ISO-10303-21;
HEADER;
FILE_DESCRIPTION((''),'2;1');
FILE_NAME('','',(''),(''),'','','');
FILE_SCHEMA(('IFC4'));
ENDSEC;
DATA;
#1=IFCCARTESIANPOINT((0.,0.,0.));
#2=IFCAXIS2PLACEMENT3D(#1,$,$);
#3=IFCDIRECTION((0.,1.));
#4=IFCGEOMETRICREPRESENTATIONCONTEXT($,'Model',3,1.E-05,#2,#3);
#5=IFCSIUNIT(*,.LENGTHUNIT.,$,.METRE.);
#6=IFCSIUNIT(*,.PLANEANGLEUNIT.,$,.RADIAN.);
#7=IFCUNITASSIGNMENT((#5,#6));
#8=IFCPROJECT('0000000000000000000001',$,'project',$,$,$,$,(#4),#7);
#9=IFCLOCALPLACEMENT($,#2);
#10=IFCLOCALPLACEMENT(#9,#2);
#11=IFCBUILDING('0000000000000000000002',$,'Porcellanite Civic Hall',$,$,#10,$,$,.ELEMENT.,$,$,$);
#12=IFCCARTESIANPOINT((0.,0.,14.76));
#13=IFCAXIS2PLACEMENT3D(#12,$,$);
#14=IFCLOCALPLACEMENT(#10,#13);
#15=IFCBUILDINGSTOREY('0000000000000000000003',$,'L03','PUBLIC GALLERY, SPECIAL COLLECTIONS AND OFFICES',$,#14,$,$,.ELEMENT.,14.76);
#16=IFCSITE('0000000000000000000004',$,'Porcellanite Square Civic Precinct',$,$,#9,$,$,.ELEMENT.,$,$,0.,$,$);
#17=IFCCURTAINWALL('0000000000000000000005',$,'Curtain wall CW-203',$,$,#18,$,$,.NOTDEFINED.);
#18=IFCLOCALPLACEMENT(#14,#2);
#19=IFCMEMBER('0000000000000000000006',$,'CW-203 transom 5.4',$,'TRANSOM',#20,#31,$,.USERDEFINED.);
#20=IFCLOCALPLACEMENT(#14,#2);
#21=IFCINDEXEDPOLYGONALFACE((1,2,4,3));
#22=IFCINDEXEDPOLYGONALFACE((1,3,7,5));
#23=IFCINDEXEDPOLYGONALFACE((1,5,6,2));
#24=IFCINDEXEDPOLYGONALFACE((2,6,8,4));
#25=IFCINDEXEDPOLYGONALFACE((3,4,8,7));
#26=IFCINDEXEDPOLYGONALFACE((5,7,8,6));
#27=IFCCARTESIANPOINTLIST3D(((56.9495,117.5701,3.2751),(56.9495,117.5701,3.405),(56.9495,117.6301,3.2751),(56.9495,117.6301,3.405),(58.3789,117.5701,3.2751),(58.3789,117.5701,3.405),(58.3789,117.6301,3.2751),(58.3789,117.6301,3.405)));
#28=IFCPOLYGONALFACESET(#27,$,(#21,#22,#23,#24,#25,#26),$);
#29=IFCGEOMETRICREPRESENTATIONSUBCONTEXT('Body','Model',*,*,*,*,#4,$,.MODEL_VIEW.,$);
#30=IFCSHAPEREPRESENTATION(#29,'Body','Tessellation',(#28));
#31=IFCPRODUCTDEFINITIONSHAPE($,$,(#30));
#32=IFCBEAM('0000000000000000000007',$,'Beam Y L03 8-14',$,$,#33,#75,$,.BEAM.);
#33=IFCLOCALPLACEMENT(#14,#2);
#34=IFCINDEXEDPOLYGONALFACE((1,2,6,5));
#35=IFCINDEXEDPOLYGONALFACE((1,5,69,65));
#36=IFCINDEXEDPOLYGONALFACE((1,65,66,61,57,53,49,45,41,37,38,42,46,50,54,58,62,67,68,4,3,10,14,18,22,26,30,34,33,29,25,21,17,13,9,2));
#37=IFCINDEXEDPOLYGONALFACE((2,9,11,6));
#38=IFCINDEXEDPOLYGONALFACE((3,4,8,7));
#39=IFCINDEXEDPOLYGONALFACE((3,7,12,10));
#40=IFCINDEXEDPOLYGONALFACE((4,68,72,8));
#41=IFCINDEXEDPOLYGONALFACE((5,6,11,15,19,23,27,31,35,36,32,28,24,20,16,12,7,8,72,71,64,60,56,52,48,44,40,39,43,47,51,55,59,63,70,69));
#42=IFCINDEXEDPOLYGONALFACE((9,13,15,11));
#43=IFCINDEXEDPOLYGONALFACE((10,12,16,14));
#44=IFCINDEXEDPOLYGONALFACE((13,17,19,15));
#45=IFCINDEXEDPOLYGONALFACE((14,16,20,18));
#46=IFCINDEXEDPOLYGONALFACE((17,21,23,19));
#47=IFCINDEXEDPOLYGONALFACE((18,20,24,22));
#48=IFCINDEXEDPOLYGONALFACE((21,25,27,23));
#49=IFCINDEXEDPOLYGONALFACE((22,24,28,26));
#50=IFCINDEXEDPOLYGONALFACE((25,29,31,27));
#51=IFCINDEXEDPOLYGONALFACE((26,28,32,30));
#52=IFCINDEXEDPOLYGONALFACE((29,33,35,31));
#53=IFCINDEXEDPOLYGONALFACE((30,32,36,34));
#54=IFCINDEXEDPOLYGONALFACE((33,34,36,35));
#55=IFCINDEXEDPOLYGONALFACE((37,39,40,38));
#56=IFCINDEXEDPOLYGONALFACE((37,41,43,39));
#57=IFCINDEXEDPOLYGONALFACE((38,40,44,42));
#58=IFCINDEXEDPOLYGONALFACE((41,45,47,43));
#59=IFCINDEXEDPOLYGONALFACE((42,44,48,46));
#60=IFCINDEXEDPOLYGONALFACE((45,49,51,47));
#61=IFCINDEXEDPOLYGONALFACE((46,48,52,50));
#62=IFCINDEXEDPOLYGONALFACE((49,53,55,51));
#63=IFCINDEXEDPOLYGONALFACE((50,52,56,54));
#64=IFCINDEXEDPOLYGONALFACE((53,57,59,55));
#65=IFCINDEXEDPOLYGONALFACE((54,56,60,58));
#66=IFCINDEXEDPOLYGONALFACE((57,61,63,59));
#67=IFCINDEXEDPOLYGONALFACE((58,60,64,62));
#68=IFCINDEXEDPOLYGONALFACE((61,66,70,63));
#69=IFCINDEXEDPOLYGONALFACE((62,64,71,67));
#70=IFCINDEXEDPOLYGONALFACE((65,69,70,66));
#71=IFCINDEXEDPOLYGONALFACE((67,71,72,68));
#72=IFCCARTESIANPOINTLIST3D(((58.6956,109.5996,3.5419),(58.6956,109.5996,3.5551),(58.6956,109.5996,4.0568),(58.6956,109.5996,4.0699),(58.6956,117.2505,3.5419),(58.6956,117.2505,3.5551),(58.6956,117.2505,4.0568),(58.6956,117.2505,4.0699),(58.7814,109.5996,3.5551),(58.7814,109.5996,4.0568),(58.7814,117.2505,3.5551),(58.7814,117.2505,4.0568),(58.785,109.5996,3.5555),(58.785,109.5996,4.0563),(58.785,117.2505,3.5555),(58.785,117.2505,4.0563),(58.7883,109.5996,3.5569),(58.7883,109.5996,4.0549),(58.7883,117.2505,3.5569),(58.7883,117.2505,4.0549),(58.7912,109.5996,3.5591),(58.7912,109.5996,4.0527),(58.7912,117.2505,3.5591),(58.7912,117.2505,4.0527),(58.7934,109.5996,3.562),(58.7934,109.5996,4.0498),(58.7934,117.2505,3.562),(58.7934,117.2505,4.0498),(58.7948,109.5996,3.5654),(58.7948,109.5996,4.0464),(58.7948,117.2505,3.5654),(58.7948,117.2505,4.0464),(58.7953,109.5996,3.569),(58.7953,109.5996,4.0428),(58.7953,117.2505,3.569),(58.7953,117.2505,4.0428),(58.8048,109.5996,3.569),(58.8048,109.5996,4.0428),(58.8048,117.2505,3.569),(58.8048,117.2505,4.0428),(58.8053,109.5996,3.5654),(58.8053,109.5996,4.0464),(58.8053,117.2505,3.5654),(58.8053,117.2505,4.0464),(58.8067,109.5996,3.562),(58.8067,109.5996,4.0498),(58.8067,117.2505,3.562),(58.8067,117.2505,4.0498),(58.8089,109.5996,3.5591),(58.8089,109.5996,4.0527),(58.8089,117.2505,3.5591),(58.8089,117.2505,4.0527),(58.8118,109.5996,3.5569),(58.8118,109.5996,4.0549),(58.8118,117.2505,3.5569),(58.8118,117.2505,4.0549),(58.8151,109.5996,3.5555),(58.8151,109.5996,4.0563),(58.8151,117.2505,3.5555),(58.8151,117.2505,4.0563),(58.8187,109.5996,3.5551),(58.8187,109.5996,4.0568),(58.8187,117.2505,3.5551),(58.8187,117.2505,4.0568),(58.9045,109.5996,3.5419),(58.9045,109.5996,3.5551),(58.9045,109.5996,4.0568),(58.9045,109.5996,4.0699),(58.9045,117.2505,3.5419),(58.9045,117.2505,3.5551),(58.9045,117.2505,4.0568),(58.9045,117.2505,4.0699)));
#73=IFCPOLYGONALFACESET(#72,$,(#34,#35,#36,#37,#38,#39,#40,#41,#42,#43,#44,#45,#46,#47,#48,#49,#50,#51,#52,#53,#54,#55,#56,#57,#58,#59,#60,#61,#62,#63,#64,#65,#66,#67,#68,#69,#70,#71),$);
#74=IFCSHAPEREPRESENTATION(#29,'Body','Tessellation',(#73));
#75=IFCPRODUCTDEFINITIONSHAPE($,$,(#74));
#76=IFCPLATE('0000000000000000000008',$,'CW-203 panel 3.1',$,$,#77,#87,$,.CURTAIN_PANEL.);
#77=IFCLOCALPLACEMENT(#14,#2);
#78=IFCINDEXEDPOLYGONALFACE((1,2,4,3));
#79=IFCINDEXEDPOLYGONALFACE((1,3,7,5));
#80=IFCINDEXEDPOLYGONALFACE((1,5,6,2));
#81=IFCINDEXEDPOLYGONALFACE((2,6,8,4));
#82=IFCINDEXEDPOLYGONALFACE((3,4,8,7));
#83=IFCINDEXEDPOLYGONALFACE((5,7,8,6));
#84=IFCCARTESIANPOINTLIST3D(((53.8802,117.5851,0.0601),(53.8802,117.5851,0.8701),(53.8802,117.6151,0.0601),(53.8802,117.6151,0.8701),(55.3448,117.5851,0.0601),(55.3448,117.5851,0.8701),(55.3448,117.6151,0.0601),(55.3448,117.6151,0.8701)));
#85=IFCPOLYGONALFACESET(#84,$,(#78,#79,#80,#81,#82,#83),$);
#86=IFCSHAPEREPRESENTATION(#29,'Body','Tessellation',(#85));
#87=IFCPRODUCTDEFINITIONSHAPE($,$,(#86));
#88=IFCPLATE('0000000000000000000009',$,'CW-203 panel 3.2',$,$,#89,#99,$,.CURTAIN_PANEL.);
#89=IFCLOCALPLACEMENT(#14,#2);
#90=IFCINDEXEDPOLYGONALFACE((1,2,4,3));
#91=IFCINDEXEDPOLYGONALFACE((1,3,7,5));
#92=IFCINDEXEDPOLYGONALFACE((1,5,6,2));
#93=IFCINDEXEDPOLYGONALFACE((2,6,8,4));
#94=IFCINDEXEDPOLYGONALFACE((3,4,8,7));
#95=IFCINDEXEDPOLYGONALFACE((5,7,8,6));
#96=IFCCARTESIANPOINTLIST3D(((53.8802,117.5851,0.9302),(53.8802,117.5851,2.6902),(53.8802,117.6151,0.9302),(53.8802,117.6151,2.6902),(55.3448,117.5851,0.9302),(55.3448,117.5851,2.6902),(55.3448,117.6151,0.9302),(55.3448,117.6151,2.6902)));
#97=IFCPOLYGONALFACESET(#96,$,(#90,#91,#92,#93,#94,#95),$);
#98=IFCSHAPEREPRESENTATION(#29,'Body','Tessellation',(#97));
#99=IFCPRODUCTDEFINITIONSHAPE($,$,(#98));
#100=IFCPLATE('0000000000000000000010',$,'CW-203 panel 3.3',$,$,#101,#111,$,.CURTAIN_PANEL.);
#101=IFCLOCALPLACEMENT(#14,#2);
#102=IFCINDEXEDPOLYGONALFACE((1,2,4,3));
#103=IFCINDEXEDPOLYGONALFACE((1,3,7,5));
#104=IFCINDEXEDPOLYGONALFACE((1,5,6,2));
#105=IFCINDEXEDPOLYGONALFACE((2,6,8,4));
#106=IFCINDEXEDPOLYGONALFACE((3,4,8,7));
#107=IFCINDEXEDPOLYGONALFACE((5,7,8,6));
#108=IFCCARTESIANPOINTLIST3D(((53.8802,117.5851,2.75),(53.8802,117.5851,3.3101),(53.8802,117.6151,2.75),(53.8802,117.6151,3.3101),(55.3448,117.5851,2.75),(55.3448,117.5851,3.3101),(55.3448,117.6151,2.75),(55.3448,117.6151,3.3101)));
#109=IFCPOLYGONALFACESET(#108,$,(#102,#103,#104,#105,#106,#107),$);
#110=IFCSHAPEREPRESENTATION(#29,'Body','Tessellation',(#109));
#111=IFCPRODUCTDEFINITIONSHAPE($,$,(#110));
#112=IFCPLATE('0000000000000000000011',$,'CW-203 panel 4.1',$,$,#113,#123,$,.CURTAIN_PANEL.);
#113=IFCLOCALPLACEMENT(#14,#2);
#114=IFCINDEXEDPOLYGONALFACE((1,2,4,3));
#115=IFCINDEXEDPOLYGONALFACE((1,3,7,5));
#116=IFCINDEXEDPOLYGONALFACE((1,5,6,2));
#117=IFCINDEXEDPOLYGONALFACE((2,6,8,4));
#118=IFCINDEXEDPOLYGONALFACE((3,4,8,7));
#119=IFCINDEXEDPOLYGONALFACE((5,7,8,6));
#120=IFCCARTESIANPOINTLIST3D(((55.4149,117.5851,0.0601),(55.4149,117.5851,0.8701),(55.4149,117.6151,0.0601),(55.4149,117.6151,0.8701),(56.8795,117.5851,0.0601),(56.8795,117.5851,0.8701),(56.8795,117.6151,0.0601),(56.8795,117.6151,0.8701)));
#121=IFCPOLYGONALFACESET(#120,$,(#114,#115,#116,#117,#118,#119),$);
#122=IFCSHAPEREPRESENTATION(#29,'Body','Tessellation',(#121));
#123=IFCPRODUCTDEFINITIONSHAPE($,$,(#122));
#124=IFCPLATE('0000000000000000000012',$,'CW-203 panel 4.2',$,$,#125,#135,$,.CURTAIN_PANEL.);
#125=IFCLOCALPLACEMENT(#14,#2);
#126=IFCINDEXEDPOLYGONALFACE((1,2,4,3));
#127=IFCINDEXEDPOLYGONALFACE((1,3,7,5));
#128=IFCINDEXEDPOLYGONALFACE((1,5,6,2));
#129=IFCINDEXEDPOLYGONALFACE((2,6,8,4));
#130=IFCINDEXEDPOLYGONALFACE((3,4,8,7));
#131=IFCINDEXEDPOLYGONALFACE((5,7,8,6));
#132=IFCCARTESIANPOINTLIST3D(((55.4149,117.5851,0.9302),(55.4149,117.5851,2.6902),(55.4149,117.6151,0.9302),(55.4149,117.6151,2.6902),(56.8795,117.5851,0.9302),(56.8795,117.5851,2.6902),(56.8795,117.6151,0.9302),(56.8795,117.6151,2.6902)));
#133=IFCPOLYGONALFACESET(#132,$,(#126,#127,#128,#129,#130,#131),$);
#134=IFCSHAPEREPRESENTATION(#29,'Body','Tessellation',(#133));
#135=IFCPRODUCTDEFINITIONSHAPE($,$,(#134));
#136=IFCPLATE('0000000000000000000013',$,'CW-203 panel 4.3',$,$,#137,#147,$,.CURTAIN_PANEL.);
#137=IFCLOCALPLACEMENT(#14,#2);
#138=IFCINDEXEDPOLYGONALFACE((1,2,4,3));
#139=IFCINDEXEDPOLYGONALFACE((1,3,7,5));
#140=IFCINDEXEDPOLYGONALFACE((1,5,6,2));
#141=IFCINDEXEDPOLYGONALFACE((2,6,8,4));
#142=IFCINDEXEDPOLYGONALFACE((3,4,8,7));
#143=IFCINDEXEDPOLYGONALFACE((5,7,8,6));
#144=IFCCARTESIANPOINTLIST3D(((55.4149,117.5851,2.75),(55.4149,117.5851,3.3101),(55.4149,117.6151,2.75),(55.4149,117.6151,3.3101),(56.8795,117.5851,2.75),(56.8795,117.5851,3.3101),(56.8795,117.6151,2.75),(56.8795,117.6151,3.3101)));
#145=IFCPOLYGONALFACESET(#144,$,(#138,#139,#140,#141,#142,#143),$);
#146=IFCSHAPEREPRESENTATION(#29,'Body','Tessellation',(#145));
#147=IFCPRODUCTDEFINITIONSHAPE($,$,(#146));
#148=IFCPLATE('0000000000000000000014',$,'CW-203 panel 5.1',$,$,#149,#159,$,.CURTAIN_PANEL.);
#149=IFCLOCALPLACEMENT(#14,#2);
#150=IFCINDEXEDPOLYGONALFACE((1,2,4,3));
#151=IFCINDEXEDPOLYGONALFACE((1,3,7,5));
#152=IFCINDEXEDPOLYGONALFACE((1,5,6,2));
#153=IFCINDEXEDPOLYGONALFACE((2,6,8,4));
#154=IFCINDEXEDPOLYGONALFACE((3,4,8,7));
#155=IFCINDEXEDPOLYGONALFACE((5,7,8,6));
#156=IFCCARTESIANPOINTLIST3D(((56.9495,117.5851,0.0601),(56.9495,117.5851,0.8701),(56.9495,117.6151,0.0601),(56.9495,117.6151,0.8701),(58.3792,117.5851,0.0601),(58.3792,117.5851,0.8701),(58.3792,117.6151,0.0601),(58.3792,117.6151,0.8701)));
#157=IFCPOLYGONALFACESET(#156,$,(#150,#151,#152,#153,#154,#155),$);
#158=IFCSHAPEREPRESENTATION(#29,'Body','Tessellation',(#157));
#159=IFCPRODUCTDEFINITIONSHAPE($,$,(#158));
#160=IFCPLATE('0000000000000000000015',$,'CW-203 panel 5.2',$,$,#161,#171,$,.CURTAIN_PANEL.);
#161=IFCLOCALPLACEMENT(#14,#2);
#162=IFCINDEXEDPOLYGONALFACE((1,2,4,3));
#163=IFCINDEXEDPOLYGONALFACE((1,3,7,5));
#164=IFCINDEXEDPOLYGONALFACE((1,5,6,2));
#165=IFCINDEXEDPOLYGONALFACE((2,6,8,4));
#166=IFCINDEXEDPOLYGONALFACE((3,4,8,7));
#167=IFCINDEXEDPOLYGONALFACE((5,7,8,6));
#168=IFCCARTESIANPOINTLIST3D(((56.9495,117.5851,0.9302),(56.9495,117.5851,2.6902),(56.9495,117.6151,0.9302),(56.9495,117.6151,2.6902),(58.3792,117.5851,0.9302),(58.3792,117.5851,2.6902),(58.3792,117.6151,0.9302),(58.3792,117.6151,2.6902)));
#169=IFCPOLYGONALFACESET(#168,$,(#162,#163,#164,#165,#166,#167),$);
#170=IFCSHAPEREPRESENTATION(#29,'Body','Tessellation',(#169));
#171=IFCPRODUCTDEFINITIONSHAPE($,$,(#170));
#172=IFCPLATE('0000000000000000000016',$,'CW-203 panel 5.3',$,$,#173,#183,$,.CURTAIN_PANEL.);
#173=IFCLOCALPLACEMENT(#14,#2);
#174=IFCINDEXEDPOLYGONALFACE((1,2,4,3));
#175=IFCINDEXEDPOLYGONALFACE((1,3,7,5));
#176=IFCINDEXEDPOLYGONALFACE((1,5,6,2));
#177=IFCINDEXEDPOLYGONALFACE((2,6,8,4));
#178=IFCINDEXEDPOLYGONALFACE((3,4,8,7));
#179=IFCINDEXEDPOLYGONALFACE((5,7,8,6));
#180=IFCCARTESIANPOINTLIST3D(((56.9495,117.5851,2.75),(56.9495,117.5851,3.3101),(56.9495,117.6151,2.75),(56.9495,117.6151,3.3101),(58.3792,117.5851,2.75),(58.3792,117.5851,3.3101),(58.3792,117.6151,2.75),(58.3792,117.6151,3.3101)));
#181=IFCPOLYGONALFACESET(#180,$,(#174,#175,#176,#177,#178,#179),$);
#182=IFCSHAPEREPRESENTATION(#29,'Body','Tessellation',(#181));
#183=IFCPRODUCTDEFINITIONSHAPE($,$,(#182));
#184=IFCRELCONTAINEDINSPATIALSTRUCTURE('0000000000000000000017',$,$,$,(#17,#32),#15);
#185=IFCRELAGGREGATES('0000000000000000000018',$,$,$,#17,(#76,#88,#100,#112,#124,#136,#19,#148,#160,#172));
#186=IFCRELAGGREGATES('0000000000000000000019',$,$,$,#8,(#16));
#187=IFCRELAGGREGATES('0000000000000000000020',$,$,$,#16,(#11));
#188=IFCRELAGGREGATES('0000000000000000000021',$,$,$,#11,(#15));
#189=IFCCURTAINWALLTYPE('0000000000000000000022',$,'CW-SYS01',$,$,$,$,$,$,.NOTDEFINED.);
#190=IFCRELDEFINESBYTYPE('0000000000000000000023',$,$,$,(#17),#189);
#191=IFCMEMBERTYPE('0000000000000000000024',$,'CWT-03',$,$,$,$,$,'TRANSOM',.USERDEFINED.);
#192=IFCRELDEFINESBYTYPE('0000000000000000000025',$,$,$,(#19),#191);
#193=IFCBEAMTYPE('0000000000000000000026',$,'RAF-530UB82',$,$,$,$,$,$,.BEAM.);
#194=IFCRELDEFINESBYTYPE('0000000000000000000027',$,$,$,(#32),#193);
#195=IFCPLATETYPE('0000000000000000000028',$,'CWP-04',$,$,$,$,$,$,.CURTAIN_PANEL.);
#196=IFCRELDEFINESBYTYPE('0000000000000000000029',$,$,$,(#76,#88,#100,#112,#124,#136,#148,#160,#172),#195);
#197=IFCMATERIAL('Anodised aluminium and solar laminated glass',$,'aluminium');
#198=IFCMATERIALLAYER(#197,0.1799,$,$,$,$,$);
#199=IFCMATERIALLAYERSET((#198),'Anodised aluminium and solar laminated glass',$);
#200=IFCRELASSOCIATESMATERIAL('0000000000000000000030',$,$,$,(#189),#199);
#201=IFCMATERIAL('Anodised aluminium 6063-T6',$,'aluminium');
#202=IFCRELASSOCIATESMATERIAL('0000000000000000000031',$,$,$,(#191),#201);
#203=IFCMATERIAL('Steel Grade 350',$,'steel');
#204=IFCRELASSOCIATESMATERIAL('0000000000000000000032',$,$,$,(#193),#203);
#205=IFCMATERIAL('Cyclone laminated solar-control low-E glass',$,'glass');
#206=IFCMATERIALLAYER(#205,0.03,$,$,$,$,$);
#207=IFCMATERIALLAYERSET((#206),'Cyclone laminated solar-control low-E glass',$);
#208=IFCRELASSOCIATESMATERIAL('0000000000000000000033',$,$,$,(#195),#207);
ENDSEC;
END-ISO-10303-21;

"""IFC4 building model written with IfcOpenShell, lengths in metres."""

from ifc_helpers import new_model, si_unit, direction, frame, origin, origin_2d, place, context, subcontext, project, spatial, rectangle, i_section, extrude, material, layer, layer_set, material_profile, profile_set, type_object, element, aggregate, save


model = new_model("IFC4")

# Units and contexts
model_context = context("Model", 3, precision=1e-05, world=origin(), true_north=direction((0.0, 1.0)))
body_context = subcontext(model_context, "Body", "Model", "MODEL_VIEW")
ifc_project = project(units=[si_unit("LENGTHUNIT", "METRE"), si_unit("PLANEANGLEUNIT", "RADIAN")], contexts=[model_context])

# Site, building, storey
site_placement = place(None, origin())
site = spatial("IfcSite", under=ifc_project, at=site_placement, Name="Porcellanite Square Civic Precinct", CompositionType="ELEMENT", RefElevation=0.0)
building_placement = place(site_placement, origin())
building = spatial("IfcBuilding", under=site, at=building_placement, Name="Porcellanite Civic Hall", CompositionType="ELEMENT")
storey_placement = place(building_placement, frame((0.0, 0.0, 14.76)))
storey = spatial("IfcBuildingStorey", under=building, at=storey_placement, Name="L03", Description="PUBLIC GALLERY, SPECIAL COLLECTIONS AND OFFICES", CompositionType="ELEMENT", Elevation=14.76)

# Curtain wall, member
ifc_material_1 = material(Name="Anodised aluminium and solar laminated glass", Category="aluminium")
ifc_layer_1 = layer(ifc_material_1, 0.1799)
ifc_layer_set_1 = layer_set([ifc_layer_1], Name="Anodised aluminium and solar laminated glass")
curtain_wall_type = type_object("IfcCurtainWallType", Name="CW-SYS01", PredefinedType="NOTDEFINED", material=ifc_layer_set_1)
curtain_wall_placement = place(storey_placement, origin())
curtain_wall = element("IfcCurtainWall", 1, at=curtain_wall_placement, inside=storey, type_object=curtain_wall_type, Name="Curtain wall CW-203", PredefinedType="NOTDEFINED")
ifc_material_2 = material(Name="Anodised aluminium 6063-T6", Category="aluminium")
ifc_material_profile_1 = material_profile(ifc_material_2, rectangle(XDim=0.0601, YDim=0.1299, at=origin_2d()), Name="AL-60x130")
ifc_profile_set_1 = profile_set([ifc_material_profile_1], Name="Anodised aluminium 6063-T6")
member_type_1 = type_object("IfcMemberType", Name="CWT-03", ElementType="TRANSOM", PredefinedType="USERDEFINED", material=ifc_profile_set_1)
member_1_placement = place(storey_placement, frame((56.9495, 117.6001, 3.3401), z_axis=(1.0, 0.0, 0.0), x_axis=(0.0, 1.0, 0.0)))
member_1 = element("IfcMember", 2, at=member_1_placement, type_object=member_type_1, Name="CW-203 transom 5.4", ObjectType="TRANSOM", PredefinedType="USERDEFINED", context=body_context, shape_type="SweptSolid", body=[
    extrude(rectangle(XDim=0.0601, YDim=0.1299, at=origin_2d()), origin(), (0.0, 0.0, 1.0), 1.4294),
])

# Beam
ifc_material_3 = material(Name="Steel Grade 350", Category="steel")
ifc_material_profile_2 = material_profile(ifc_material_3, i_section(OverallWidth=0.209, OverallDepth=0.5281, WebThickness=0.0095, FlangeThickness=0.0132, FilletRadius=0.0139, at=origin_2d()), Name="530UB82.0")
ifc_profile_set_2 = profile_set([ifc_material_profile_2], Name="Steel Grade 350")
beam_type_1 = type_object("IfcBeamType", Name="RAF-530UB82", PredefinedType="BEAM", material=ifc_profile_set_2)
beam_1_placement = place(storey_placement, frame((58.8, 109.5996, 3.8059), z_axis=(0.0, 1.0, 0.0), x_axis=(-1.0, 0.0, 0.0)))
element("IfcBeam", 3, at=beam_1_placement, inside=storey, type_object=beam_type_1, Name="Beam Y L03 8-14", PredefinedType="BEAM", context=body_context, shape_type="SweptSolid", body=[
    extrude(i_section(OverallWidth=0.209, OverallDepth=0.5281, WebThickness=0.0095, FlangeThickness=0.0132, FilletRadius=0.0139, at=origin_2d()), origin(), (0.0, 0.0, 1.0), 7.6509),
])

# Plates
ifc_material_4 = material(Name="Cyclone laminated solar-control low-E glass", Category="glass")
ifc_layer_2 = layer(ifc_material_4, 0.03)
ifc_layer_set_2 = layer_set([ifc_layer_2], Name="Cyclone laminated solar-control low-E glass")
plate_type = type_object("IfcPlateType", Name="CWP-04", PredefinedType="CURTAIN_PANEL", material=ifc_layer_set_2)
plate_1_placement = place(storey_placement, frame((54.6125, 117.6001, 0.0601), z_axis=(0.0, 0.0, 1.0), x_axis=(1.0, 0.0, 0.0)))
plate_1 = element("IfcPlate", 4, at=plate_1_placement, type_object=plate_type, Name="CW-203 panel 3.1", PredefinedType="CURTAIN_PANEL", context=body_context, shape_type="SweptSolid", body=[
    extrude(rectangle(XDim=1.4646, YDim=0.03, at=origin_2d()), origin(), (0.0, 0.0, 1.0), 0.8101),
])
plate_2_placement = place(storey_placement, frame((54.6125, 117.6001, 0.9302), z_axis=(0.0, 0.0, 1.0), x_axis=(1.0, 0.0, 0.0)))
plate_2 = element("IfcPlate", 5, at=plate_2_placement, type_object=plate_type, Name="CW-203 panel 3.2", PredefinedType="CURTAIN_PANEL", context=body_context, shape_type="SweptSolid", body=[
    extrude(rectangle(XDim=1.4646, YDim=0.03, at=origin_2d()), origin(), (0.0, 0.0, 1.0), 1.76),
])
plate_3_placement = place(storey_placement, frame((54.6125, 117.6001, 2.75), z_axis=(0.0, 0.0, 1.0), x_axis=(1.0, 0.0, 0.0)))
plate_3 = element("IfcPlate", 6, at=plate_3_placement, type_object=plate_type, Name="CW-203 panel 3.3", PredefinedType="CURTAIN_PANEL", context=body_context, shape_type="SweptSolid", body=[
    extrude(rectangle(XDim=1.4646, YDim=0.03, at=origin_2d()), origin(), (0.0, 0.0, 1.0), 0.5601),
])
plate_4_placement = place(storey_placement, frame((56.1472, 117.6001, 0.0601), z_axis=(0.0, 0.0, 1.0), x_axis=(1.0, 0.0, 0.0)))
plate_4 = element("IfcPlate", 7, at=plate_4_placement, type_object=plate_type, Name="CW-203 panel 4.1", PredefinedType="CURTAIN_PANEL", context=body_context, shape_type="SweptSolid", body=[
    extrude(rectangle(XDim=1.4646, YDim=0.03, at=origin_2d()), origin(), (0.0, 0.0, 1.0), 0.8101),
])
plate_5_placement = place(storey_placement, frame((56.1472, 117.6001, 0.9302), z_axis=(0.0, 0.0, 1.0), x_axis=(1.0, 0.0, 0.0)))
plate_5 = element("IfcPlate", 8, at=plate_5_placement, type_object=plate_type, Name="CW-203 panel 4.2", PredefinedType="CURTAIN_PANEL", context=body_context, shape_type="SweptSolid", body=[
    extrude(rectangle(XDim=1.4646, YDim=0.03, at=origin_2d()), origin(), (0.0, 0.0, 1.0), 1.76),
])
plate_6_placement = place(storey_placement, frame((56.1472, 117.6001, 2.75), z_axis=(0.0, 0.0, 1.0), x_axis=(1.0, 0.0, 0.0)))
plate_6 = element("IfcPlate", 9, at=plate_6_placement, type_object=plate_type, Name="CW-203 panel 4.3", PredefinedType="CURTAIN_PANEL", context=body_context, shape_type="SweptSolid", body=[
    extrude(rectangle(XDim=1.4646, YDim=0.03, at=origin_2d()), origin(), (0.0, 0.0, 1.0), 0.5601),
])
plate_7_placement = place(storey_placement, frame((57.6643, 117.6001, 0.0601), z_axis=(0.0, 0.0, 1.0), x_axis=(1.0, 0.0, 0.0)))
plate_7 = element("IfcPlate", 10, at=plate_7_placement, type_object=plate_type, Name="CW-203 panel 5.1", PredefinedType="CURTAIN_PANEL", context=body_context, shape_type="SweptSolid", body=[
    extrude(rectangle(XDim=1.4297, YDim=0.03, at=origin_2d()), origin(), (0.0, 0.0, 1.0), 0.8101),
])
plate_8_placement = place(storey_placement, frame((57.6643, 117.6001, 0.9302), z_axis=(0.0, 0.0, 1.0), x_axis=(1.0, 0.0, 0.0)))
plate_8 = element("IfcPlate", 11, at=plate_8_placement, type_object=plate_type, Name="CW-203 panel 5.2", PredefinedType="CURTAIN_PANEL", context=body_context, shape_type="SweptSolid", body=[
    extrude(rectangle(XDim=1.4297, YDim=0.03, at=origin_2d()), origin(), (0.0, 0.0, 1.0), 1.76),
])
plate_9_placement = place(storey_placement, frame((57.6643, 117.6001, 2.75), z_axis=(0.0, 0.0, 1.0), x_axis=(1.0, 0.0, 0.0)))
plate_9 = element("IfcPlate", 12, at=plate_9_placement, type_object=plate_type, Name="CW-203 panel 5.3", PredefinedType="CURTAIN_PANEL", context=body_context, shape_type="SweptSolid", body=[
    extrude(rectangle(XDim=1.4297, YDim=0.03, at=origin_2d()), origin(), (0.0, 0.0, 1.0), 0.5601),
])
aggregate(curtain_wall, [plate_1, plate_2, plate_3, plate_4, plate_5, plate_6, member_1, plate_7, plate_8, plate_9])

save(model, "model.ifc")
